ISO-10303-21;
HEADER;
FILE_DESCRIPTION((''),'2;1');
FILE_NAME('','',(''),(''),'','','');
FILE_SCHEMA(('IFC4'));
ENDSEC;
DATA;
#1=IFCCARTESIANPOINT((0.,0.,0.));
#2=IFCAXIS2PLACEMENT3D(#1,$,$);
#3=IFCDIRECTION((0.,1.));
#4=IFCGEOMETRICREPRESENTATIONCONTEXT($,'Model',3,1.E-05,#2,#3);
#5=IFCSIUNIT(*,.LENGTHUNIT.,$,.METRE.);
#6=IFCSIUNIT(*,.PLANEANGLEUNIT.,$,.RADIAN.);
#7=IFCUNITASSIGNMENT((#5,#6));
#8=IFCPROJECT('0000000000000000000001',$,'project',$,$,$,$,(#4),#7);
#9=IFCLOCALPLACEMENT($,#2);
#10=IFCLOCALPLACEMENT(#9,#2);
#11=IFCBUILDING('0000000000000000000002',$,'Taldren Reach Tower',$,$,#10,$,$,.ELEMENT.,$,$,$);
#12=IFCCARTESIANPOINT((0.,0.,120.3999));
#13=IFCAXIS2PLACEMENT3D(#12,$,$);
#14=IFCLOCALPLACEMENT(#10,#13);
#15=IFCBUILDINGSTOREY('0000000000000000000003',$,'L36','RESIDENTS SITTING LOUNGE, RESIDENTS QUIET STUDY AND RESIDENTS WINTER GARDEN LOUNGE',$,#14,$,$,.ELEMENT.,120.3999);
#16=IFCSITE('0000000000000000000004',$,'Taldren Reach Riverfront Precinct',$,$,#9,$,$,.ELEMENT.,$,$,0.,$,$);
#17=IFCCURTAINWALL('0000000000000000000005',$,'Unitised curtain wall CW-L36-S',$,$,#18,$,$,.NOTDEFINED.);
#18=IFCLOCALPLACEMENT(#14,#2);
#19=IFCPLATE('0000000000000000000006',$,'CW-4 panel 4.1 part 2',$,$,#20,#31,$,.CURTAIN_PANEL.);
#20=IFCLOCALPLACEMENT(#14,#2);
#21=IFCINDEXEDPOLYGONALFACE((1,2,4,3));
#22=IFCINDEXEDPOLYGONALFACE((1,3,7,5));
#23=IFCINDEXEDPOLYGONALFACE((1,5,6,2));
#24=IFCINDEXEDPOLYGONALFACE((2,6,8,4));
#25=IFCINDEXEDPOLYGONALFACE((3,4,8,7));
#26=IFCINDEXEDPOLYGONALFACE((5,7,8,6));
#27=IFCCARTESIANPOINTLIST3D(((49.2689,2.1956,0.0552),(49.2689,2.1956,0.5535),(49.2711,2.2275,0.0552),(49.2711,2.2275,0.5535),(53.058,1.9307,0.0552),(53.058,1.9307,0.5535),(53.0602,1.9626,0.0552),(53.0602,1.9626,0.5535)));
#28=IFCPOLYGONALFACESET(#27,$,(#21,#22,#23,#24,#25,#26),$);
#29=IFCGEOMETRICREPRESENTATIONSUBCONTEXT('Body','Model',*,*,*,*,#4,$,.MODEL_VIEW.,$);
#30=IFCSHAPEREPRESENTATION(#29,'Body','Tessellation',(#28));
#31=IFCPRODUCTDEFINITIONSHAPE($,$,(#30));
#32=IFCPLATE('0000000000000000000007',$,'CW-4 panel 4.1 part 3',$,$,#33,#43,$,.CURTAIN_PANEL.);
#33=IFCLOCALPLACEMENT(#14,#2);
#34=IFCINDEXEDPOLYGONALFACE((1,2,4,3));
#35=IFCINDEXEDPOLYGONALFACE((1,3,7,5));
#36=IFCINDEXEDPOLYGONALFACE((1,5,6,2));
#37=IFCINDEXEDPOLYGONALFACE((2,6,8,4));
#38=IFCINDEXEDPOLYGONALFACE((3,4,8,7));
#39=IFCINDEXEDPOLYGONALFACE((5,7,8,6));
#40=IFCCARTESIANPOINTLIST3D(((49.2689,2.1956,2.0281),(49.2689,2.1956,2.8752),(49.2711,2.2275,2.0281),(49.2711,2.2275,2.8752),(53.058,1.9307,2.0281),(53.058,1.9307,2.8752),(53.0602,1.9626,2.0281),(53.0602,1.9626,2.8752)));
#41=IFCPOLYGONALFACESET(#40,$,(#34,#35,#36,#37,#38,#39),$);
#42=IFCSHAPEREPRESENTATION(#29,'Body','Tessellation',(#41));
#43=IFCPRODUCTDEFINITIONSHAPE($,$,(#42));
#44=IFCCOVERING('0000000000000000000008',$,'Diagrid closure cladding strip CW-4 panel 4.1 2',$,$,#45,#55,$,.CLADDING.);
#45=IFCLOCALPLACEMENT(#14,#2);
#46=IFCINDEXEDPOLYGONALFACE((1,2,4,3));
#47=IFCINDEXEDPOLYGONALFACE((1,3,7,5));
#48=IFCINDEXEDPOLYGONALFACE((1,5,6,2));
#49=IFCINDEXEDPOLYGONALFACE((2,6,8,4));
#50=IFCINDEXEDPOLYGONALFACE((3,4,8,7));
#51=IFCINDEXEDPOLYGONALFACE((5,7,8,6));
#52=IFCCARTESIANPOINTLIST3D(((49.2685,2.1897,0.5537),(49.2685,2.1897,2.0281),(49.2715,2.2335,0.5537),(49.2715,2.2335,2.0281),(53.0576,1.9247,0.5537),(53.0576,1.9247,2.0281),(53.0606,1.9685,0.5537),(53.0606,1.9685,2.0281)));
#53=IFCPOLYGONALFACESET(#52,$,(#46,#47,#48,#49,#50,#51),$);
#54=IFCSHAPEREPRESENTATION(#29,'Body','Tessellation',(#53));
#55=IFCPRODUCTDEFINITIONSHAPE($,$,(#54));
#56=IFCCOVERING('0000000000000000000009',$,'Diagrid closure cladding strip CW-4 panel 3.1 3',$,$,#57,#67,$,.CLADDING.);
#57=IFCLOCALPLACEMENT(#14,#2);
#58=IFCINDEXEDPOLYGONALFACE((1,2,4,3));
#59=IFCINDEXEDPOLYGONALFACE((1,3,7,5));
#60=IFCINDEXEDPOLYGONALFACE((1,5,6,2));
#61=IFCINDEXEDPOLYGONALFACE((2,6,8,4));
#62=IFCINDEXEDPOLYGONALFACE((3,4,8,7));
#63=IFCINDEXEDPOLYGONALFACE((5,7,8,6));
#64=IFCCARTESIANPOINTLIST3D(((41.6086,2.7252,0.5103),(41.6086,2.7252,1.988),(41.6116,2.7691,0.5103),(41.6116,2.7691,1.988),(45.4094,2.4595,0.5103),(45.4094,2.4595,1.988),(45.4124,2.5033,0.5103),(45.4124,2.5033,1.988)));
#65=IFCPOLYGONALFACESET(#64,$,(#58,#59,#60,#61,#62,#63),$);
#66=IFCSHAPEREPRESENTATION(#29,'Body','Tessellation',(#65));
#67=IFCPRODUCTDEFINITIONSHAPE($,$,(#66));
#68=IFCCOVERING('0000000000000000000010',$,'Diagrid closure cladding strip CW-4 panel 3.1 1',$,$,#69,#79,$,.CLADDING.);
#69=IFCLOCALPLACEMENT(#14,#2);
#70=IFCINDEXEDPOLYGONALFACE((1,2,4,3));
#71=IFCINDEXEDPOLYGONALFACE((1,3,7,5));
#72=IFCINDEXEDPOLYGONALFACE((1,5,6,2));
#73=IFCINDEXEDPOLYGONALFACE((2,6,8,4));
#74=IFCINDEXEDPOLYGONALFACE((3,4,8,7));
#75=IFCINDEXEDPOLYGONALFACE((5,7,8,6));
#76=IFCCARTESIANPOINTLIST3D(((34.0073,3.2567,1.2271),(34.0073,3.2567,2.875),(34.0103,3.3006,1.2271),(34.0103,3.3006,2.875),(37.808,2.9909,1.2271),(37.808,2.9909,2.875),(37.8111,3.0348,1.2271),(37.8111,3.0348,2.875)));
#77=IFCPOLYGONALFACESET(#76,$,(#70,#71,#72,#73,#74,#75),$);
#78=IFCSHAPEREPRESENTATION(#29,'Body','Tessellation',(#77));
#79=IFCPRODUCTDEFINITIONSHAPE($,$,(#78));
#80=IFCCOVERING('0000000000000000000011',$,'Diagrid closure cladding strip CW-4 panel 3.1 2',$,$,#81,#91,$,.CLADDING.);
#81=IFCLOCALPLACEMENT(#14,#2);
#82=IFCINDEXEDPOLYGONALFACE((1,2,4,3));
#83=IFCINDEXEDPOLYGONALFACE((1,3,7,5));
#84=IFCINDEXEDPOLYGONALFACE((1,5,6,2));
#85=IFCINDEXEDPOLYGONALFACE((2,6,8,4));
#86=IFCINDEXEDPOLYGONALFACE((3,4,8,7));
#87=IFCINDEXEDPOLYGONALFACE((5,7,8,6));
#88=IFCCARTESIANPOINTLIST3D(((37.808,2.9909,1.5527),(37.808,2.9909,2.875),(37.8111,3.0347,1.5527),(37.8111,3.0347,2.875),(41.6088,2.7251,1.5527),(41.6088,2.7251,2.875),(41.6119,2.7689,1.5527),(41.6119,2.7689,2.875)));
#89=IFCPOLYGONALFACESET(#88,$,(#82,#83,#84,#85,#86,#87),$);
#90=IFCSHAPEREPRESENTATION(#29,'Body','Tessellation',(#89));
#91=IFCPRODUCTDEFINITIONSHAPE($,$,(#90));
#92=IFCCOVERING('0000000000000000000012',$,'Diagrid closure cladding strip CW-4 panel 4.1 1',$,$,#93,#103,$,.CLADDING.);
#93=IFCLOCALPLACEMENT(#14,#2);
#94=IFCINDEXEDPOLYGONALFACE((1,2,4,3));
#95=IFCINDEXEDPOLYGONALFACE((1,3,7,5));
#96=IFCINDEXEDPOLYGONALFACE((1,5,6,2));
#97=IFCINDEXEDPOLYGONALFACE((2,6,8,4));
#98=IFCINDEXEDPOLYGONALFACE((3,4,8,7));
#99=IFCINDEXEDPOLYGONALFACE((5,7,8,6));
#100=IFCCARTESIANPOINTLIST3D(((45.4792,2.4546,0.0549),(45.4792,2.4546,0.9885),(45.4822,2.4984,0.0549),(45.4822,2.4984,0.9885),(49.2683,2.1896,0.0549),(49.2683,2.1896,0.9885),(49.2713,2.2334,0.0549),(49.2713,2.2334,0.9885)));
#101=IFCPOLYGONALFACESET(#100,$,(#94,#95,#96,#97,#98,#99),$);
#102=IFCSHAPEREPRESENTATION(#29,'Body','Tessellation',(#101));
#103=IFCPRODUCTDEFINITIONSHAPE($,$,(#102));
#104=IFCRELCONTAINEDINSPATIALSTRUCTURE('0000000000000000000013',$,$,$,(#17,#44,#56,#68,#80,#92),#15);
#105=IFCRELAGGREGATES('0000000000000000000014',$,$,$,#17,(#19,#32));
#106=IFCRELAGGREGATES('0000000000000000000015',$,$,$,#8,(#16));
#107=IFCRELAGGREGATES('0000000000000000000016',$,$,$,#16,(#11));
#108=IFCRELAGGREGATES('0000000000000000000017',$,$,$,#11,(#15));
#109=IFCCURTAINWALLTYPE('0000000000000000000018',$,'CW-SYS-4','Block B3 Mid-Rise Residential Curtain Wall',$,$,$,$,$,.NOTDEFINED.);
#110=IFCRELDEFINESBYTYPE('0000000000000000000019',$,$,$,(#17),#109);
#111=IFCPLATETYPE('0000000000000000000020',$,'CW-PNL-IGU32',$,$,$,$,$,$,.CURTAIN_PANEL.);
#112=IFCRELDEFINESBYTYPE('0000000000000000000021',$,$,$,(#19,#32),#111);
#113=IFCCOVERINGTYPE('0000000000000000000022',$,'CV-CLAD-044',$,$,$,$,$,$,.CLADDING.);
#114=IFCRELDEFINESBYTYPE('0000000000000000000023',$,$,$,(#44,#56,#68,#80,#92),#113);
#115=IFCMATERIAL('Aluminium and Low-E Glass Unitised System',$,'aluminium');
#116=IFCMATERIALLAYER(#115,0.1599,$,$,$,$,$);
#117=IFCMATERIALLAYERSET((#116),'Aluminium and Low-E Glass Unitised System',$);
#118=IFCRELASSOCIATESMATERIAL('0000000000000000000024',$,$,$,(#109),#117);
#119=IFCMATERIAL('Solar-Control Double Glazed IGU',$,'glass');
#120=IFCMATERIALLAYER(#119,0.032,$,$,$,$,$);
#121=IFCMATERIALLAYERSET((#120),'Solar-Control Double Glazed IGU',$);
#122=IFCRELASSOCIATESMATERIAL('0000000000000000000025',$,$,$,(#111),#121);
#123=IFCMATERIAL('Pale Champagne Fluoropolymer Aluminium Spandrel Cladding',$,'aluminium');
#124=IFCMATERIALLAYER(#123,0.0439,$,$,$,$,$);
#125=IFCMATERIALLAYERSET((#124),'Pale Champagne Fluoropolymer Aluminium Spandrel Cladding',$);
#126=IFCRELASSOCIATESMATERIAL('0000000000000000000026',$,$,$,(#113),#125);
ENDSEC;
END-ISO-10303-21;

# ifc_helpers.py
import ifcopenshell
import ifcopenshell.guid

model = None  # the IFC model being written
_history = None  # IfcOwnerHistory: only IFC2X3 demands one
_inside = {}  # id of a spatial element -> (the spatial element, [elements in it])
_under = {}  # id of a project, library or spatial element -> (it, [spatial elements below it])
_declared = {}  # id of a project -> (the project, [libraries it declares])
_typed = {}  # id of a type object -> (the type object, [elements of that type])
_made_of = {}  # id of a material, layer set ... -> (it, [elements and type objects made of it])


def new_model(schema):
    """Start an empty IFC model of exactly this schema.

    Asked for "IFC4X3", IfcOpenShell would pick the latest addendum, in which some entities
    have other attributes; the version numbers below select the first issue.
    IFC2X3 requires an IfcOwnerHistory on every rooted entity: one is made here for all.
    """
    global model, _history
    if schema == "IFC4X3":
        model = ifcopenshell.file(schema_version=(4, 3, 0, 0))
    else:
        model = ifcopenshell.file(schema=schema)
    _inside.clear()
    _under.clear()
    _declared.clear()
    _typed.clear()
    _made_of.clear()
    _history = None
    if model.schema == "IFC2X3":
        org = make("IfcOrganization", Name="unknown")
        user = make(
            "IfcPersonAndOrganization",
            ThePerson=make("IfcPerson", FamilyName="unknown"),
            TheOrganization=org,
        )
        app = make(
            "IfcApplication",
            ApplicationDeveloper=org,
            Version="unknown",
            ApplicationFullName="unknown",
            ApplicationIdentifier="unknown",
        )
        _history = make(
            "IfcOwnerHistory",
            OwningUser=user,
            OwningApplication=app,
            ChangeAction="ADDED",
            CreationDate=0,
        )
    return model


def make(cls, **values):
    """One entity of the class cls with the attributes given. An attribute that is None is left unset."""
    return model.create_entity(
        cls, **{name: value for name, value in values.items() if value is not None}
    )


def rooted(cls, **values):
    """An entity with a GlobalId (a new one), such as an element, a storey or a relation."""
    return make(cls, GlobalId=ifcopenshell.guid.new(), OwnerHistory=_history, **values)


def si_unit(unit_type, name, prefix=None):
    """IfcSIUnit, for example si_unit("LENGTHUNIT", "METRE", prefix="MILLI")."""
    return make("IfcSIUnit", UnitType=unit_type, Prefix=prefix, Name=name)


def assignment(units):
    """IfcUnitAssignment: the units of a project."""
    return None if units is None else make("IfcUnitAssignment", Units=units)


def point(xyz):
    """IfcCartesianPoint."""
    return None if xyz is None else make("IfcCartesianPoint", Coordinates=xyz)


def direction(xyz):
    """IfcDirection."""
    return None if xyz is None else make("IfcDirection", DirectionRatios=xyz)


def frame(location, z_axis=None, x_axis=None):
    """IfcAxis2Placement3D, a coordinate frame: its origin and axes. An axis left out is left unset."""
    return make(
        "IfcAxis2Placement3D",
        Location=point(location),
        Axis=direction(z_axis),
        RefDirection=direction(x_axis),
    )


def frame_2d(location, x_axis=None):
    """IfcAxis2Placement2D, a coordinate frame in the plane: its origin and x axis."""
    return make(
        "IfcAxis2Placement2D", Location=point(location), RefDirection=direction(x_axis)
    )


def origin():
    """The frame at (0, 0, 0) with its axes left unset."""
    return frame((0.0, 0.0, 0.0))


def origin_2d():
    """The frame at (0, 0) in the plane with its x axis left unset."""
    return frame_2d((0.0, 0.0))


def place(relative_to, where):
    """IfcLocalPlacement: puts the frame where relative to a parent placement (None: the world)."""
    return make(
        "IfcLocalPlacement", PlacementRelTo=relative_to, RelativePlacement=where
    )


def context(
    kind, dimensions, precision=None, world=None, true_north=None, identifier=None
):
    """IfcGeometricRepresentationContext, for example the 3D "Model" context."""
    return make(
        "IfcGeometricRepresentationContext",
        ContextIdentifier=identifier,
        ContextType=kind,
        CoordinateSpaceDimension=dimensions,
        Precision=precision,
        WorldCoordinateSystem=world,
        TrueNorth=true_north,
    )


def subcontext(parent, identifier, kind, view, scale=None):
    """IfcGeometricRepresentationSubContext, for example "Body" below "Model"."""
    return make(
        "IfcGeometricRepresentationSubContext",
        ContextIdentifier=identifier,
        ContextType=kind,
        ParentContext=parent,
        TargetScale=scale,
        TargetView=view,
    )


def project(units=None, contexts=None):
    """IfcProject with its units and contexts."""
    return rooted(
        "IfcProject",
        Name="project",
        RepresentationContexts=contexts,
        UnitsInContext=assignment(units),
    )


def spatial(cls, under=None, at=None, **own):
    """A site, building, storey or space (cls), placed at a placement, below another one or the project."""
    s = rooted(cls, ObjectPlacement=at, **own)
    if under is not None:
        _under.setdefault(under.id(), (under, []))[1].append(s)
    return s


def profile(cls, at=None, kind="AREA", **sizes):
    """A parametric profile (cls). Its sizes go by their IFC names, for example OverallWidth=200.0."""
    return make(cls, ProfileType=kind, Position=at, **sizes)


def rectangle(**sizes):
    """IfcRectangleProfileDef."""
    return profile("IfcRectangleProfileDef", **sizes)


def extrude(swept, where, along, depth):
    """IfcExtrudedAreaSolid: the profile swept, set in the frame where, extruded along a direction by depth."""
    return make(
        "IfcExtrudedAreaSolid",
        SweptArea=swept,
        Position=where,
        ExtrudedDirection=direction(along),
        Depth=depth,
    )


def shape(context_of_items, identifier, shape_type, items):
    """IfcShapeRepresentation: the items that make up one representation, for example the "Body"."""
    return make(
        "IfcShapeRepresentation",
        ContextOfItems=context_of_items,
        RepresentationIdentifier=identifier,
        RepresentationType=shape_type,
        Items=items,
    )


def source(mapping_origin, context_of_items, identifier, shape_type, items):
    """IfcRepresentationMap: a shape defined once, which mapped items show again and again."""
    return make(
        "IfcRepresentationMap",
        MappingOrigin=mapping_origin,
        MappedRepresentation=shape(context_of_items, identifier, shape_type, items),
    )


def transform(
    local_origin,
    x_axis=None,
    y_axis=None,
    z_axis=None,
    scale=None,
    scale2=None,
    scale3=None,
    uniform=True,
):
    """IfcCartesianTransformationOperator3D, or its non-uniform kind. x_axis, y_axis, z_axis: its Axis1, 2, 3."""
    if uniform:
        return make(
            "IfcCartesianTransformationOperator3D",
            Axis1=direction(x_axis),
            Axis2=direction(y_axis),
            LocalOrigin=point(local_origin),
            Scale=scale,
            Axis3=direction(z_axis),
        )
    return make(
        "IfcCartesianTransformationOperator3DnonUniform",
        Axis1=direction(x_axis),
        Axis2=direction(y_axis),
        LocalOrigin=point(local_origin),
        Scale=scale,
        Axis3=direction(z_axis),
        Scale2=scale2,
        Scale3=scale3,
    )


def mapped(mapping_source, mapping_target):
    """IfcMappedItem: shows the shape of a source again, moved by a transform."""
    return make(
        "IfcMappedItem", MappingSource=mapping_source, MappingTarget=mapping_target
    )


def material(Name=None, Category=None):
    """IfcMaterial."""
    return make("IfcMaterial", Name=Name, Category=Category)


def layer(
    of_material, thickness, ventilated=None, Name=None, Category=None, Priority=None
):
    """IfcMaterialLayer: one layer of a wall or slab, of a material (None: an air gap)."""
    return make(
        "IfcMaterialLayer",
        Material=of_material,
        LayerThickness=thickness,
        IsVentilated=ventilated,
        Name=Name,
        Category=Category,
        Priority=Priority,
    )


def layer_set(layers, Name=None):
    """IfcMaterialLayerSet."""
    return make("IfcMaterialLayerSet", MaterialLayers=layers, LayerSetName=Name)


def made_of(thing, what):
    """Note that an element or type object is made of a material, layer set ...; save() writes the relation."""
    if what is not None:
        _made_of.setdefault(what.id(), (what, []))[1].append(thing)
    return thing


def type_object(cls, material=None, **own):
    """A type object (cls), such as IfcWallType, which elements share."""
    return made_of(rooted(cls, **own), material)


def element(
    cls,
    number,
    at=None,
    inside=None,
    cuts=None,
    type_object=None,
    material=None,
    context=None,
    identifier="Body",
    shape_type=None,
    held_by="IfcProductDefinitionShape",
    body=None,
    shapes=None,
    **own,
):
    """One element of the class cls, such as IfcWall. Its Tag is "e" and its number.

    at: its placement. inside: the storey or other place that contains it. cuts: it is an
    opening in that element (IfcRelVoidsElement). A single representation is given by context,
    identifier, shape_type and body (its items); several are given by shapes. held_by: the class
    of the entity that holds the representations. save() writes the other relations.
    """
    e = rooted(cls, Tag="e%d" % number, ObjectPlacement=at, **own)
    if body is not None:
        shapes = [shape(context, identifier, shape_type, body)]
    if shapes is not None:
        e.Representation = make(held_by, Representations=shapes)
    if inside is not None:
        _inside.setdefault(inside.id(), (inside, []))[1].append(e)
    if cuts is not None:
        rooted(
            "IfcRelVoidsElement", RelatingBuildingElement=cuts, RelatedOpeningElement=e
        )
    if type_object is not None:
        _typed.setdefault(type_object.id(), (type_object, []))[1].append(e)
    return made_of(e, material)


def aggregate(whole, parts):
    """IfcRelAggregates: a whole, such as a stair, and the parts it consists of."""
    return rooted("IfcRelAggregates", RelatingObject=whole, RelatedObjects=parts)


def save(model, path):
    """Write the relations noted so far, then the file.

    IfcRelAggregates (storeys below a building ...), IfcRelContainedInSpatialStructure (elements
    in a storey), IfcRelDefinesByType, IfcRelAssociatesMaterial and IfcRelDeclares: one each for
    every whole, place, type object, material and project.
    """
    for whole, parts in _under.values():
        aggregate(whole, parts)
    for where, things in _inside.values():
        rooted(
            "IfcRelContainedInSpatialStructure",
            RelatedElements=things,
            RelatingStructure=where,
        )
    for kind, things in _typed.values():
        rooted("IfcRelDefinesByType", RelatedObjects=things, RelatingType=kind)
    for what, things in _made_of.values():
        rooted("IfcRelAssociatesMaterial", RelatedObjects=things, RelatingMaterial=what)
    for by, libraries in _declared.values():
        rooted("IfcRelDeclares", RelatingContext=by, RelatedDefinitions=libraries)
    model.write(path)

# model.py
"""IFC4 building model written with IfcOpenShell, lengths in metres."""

from ifc_helpers import new_model, si_unit, direction, frame, origin, origin_2d, place, context, subcontext, project, spatial, rectangle, extrude, source, transform, mapped, material, layer, layer_set, type_object, element, aggregate, save


model = new_model("IFC4")

# Units and contexts
model_context = context("Model", 3, precision=1e-05, world=origin(), true_north=direction((0.0, 1.0)))
body_context = subcontext(model_context, "Body", "Model", "MODEL_VIEW")
ifc_project = project(units=[si_unit("LENGTHUNIT", "METRE"), si_unit("PLANEANGLEUNIT", "RADIAN")], contexts=[model_context])

# Site, building, storey
site_placement = place(None, origin())
site = spatial("IfcSite", under=ifc_project, at=site_placement, Name="Taldren Reach Riverfront Precinct", CompositionType="ELEMENT", RefElevation=0.0)
building_placement = place(site_placement, origin())
building = spatial("IfcBuilding", under=site, at=building_placement, Name="Taldren Reach Tower", CompositionType="ELEMENT")
storey_placement = place(building_placement, frame((0.0, 0.0, 120.3999)))
storey = spatial("IfcBuildingStorey", under=building, at=storey_placement, Name="L36", Description="RESIDENTS SITTING LOUNGE, RESIDENTS QUIET STUDY AND RESIDENTS WINTER GARDEN LOUNGE", CompositionType="ELEMENT", Elevation=120.3999)

# Curtain wall
ifc_material_1 = material(Name="Aluminium and Low-E Glass Unitised System", Category="aluminium")
ifc_layer_1 = layer(ifc_material_1, 0.1599)
ifc_layer_set_1 = layer_set([ifc_layer_1], Name="Aluminium and Low-E Glass Unitised System")
curtain_wall_type = type_object("IfcCurtainWallType", Name="CW-SYS-4", Description="Block B3 Mid-Rise Residential Curtain Wall", PredefinedType="NOTDEFINED", material=ifc_layer_set_1)
curtain_wall_placement = place(storey_placement, origin())
curtain_wall = element("IfcCurtainWall", 1, at=curtain_wall_placement, inside=storey, type_object=curtain_wall_type, Name="Unitised curtain wall CW-L36-S", PredefinedType="NOTDEFINED")

# Plates
ifc_material_2 = material(Name="Solar-Control Double Glazed IGU", Category="glass")
ifc_layer_2 = layer(ifc_material_2, 0.032)
ifc_layer_set_2 = layer_set([ifc_layer_2], Name="Solar-Control Double Glazed IGU")
plate_type_1 = type_object("IfcPlateType", Name="CW-PNL-IGU32", PredefinedType="CURTAIN_PANEL", material=ifc_layer_set_2)
shared_shape_1 = source(origin(), body_context, "Body", "SweptSolid", [
    extrude(rectangle(XDim=3.7983, YDim=0.032, at=origin_2d()), origin(), (0.0, 0.0, 1.0), 0.4983),
])
plate_1_placement = place(storey_placement, frame((51.1646, 2.0791, 0.0552), z_axis=(0.0, 0.0, 1.0), x_axis=(0.997564, -0.069757, 0.0)))
plate_1 = element("IfcPlate", 2, at=plate_1_placement, type_object=plate_type_1, Name="CW-4 panel 4.1 part 2", PredefinedType="CURTAIN_PANEL", context=body_context, shape_type="MappedRepresentation", body=[
    mapped(shared_shape_1, transform((0.0, 0.0, 0.0), scale=1.0)),
])
shared_shape_2 = source(origin(), body_context, "Body", "SweptSolid", [
    extrude(rectangle(XDim=3.7983, YDim=0.032, at=origin_2d()), origin(), (0.0, 0.0, 1.0), 0.8472),
])
plate_2_placement = place(storey_placement, frame((51.1646, 2.0791, 2.0281), z_axis=(0.0, 0.0, 1.0), x_axis=(0.997564, -0.069757, 0.0)))
plate_2 = element("IfcPlate", 3, at=plate_2_placement, type_object=plate_type_1, Name="CW-4 panel 4.1 part 3", PredefinedType="CURTAIN_PANEL", context=body_context, shape_type="MappedRepresentation", body=[
    mapped(shared_shape_2, transform((0.0, 0.0, 0.0), scale=1.0)),
])
aggregate(curtain_wall, [plate_1, plate_2])

# Coverings
ifc_material_3 = material(Name="Pale Champagne Fluoropolymer Aluminium Spandrel Cladding", Category="aluminium")
ifc_layer_3 = layer(ifc_material_3, 0.0439)
ifc_layer_set_3 = layer_set([ifc_layer_3], Name="Pale Champagne Fluoropolymer Aluminium Spandrel Cladding")
covering_type = type_object("IfcCoveringType", Name="CV-CLAD-044", PredefinedType="CLADDING", material=ifc_layer_set_3)
shared_shape_3 = source(origin(), body_context, "Body", "SweptSolid", [
    extrude(rectangle(XDim=3.7983, YDim=0.0439, at=origin_2d()), origin(), (0.0, 0.0, 1.0), 1.4744),
])
covering_1_placement = place(storey_placement, frame((51.1646, 2.0791, 0.5537), z_axis=(0.0, 0.0, 1.0), x_axis=(0.997564, -0.069757, 0.0)))
element("IfcCovering", 4, at=covering_1_placement, inside=storey, type_object=covering_type, Name="Diagrid closure cladding strip CW-4 panel 4.1 2", PredefinedType="CLADDING", context=body_context, shape_type="MappedRepresentation", body=[
    mapped(shared_shape_3, transform((0.0, 0.0, 0.0), scale=1.0)),
])
shared_shape_4 = source(origin(), body_context, "Body", "SweptSolid", [
    extrude(rectangle(XDim=3.8101, YDim=0.0439, at=origin_2d()), origin(), (0.0, 0.0, 1.0), 1.4778),
])
covering_2_placement = place(storey_placement, frame((43.5105, 2.6143, 0.5103), z_axis=(0.0, 0.0, 1.0), x_axis=(0.997564, -0.069757, 0.0)))
element("IfcCovering", 5, at=covering_2_placement, inside=storey, type_object=covering_type, Name="Diagrid closure cladding strip CW-4 panel 3.1 3", PredefinedType="CLADDING", context=body_context, shape_type="MappedRepresentation", body=[
    mapped(shared_shape_4, transform((0.0, 0.0, 0.0), scale=1.0)),
])
shared_shape_5 = source(origin(), body_context, "Body", "SweptSolid", [
    extrude(rectangle(XDim=3.8101, YDim=0.0439, at=origin_2d()), origin(), (0.0, 0.0, 1.0), 1.6479),
])
covering_3_placement = place(storey_placement, frame((35.9092, 3.1458, 1.2271), z_axis=(0.0, 0.0, 1.0), x_axis=(0.997564, -0.069757, 0.0)))
element("IfcCovering", 6, at=covering_3_placement, inside=storey, type_object=covering_type, Name="Diagrid closure cladding strip CW-4 panel 3.1 1", PredefinedType="CLADDING", context=body_context, shape_type="MappedRepresentation", body=[
    mapped(shared_shape_5, transform((0.0, 0.0, 0.0), scale=1.0)),
])
shared_shape_6 = source(origin(), body_context, "Body", "SweptSolid", [
    extrude(rectangle(XDim=3.8101, YDim=0.0439, at=origin_2d()), origin(), (0.0, 0.0, 1.0), 1.3223),
])
covering_4_placement = place(storey_placement, frame((39.71, 2.8799, 1.5527), z_axis=(0.0, 0.0, 1.0), x_axis=(0.997564, -0.069757, 0.0)))
element("IfcCovering", 7, at=covering_4_placement, inside=storey, type_object=covering_type, Name="Diagrid closure cladding strip CW-4 panel 3.1 2", PredefinedType="CLADDING", context=body_context, shape_type="MappedRepresentation", body=[
    mapped(shared_shape_6, transform((0.0, 0.0, 0.0), scale=1.0)),
])
shared_shape_7 = source(origin(), body_context, "Body", "SweptSolid", [
    extrude(rectangle(XDim=3.7983, YDim=0.0439, at=origin_2d()), origin(), (0.0, 0.0, 1.0), 0.9336),
])
covering_5_placement = place(storey_placement, frame((47.3752, 2.344, 0.0549), z_axis=(0.0, 0.0, 1.0), x_axis=(0.997564, -0.069757, 0.0)))
element("IfcCovering", 8, at=covering_5_placement, inside=storey, type_object=covering_type, Name="Diagrid closure cladding strip CW-4 panel 4.1 1", PredefinedType="CLADDING", context=body_context, shape_type="MappedRepresentation", body=[
    mapped(shared_shape_7, transform((0.0, 0.0, 0.0), scale=1.0)),
])

save(model, "model.ifc")
